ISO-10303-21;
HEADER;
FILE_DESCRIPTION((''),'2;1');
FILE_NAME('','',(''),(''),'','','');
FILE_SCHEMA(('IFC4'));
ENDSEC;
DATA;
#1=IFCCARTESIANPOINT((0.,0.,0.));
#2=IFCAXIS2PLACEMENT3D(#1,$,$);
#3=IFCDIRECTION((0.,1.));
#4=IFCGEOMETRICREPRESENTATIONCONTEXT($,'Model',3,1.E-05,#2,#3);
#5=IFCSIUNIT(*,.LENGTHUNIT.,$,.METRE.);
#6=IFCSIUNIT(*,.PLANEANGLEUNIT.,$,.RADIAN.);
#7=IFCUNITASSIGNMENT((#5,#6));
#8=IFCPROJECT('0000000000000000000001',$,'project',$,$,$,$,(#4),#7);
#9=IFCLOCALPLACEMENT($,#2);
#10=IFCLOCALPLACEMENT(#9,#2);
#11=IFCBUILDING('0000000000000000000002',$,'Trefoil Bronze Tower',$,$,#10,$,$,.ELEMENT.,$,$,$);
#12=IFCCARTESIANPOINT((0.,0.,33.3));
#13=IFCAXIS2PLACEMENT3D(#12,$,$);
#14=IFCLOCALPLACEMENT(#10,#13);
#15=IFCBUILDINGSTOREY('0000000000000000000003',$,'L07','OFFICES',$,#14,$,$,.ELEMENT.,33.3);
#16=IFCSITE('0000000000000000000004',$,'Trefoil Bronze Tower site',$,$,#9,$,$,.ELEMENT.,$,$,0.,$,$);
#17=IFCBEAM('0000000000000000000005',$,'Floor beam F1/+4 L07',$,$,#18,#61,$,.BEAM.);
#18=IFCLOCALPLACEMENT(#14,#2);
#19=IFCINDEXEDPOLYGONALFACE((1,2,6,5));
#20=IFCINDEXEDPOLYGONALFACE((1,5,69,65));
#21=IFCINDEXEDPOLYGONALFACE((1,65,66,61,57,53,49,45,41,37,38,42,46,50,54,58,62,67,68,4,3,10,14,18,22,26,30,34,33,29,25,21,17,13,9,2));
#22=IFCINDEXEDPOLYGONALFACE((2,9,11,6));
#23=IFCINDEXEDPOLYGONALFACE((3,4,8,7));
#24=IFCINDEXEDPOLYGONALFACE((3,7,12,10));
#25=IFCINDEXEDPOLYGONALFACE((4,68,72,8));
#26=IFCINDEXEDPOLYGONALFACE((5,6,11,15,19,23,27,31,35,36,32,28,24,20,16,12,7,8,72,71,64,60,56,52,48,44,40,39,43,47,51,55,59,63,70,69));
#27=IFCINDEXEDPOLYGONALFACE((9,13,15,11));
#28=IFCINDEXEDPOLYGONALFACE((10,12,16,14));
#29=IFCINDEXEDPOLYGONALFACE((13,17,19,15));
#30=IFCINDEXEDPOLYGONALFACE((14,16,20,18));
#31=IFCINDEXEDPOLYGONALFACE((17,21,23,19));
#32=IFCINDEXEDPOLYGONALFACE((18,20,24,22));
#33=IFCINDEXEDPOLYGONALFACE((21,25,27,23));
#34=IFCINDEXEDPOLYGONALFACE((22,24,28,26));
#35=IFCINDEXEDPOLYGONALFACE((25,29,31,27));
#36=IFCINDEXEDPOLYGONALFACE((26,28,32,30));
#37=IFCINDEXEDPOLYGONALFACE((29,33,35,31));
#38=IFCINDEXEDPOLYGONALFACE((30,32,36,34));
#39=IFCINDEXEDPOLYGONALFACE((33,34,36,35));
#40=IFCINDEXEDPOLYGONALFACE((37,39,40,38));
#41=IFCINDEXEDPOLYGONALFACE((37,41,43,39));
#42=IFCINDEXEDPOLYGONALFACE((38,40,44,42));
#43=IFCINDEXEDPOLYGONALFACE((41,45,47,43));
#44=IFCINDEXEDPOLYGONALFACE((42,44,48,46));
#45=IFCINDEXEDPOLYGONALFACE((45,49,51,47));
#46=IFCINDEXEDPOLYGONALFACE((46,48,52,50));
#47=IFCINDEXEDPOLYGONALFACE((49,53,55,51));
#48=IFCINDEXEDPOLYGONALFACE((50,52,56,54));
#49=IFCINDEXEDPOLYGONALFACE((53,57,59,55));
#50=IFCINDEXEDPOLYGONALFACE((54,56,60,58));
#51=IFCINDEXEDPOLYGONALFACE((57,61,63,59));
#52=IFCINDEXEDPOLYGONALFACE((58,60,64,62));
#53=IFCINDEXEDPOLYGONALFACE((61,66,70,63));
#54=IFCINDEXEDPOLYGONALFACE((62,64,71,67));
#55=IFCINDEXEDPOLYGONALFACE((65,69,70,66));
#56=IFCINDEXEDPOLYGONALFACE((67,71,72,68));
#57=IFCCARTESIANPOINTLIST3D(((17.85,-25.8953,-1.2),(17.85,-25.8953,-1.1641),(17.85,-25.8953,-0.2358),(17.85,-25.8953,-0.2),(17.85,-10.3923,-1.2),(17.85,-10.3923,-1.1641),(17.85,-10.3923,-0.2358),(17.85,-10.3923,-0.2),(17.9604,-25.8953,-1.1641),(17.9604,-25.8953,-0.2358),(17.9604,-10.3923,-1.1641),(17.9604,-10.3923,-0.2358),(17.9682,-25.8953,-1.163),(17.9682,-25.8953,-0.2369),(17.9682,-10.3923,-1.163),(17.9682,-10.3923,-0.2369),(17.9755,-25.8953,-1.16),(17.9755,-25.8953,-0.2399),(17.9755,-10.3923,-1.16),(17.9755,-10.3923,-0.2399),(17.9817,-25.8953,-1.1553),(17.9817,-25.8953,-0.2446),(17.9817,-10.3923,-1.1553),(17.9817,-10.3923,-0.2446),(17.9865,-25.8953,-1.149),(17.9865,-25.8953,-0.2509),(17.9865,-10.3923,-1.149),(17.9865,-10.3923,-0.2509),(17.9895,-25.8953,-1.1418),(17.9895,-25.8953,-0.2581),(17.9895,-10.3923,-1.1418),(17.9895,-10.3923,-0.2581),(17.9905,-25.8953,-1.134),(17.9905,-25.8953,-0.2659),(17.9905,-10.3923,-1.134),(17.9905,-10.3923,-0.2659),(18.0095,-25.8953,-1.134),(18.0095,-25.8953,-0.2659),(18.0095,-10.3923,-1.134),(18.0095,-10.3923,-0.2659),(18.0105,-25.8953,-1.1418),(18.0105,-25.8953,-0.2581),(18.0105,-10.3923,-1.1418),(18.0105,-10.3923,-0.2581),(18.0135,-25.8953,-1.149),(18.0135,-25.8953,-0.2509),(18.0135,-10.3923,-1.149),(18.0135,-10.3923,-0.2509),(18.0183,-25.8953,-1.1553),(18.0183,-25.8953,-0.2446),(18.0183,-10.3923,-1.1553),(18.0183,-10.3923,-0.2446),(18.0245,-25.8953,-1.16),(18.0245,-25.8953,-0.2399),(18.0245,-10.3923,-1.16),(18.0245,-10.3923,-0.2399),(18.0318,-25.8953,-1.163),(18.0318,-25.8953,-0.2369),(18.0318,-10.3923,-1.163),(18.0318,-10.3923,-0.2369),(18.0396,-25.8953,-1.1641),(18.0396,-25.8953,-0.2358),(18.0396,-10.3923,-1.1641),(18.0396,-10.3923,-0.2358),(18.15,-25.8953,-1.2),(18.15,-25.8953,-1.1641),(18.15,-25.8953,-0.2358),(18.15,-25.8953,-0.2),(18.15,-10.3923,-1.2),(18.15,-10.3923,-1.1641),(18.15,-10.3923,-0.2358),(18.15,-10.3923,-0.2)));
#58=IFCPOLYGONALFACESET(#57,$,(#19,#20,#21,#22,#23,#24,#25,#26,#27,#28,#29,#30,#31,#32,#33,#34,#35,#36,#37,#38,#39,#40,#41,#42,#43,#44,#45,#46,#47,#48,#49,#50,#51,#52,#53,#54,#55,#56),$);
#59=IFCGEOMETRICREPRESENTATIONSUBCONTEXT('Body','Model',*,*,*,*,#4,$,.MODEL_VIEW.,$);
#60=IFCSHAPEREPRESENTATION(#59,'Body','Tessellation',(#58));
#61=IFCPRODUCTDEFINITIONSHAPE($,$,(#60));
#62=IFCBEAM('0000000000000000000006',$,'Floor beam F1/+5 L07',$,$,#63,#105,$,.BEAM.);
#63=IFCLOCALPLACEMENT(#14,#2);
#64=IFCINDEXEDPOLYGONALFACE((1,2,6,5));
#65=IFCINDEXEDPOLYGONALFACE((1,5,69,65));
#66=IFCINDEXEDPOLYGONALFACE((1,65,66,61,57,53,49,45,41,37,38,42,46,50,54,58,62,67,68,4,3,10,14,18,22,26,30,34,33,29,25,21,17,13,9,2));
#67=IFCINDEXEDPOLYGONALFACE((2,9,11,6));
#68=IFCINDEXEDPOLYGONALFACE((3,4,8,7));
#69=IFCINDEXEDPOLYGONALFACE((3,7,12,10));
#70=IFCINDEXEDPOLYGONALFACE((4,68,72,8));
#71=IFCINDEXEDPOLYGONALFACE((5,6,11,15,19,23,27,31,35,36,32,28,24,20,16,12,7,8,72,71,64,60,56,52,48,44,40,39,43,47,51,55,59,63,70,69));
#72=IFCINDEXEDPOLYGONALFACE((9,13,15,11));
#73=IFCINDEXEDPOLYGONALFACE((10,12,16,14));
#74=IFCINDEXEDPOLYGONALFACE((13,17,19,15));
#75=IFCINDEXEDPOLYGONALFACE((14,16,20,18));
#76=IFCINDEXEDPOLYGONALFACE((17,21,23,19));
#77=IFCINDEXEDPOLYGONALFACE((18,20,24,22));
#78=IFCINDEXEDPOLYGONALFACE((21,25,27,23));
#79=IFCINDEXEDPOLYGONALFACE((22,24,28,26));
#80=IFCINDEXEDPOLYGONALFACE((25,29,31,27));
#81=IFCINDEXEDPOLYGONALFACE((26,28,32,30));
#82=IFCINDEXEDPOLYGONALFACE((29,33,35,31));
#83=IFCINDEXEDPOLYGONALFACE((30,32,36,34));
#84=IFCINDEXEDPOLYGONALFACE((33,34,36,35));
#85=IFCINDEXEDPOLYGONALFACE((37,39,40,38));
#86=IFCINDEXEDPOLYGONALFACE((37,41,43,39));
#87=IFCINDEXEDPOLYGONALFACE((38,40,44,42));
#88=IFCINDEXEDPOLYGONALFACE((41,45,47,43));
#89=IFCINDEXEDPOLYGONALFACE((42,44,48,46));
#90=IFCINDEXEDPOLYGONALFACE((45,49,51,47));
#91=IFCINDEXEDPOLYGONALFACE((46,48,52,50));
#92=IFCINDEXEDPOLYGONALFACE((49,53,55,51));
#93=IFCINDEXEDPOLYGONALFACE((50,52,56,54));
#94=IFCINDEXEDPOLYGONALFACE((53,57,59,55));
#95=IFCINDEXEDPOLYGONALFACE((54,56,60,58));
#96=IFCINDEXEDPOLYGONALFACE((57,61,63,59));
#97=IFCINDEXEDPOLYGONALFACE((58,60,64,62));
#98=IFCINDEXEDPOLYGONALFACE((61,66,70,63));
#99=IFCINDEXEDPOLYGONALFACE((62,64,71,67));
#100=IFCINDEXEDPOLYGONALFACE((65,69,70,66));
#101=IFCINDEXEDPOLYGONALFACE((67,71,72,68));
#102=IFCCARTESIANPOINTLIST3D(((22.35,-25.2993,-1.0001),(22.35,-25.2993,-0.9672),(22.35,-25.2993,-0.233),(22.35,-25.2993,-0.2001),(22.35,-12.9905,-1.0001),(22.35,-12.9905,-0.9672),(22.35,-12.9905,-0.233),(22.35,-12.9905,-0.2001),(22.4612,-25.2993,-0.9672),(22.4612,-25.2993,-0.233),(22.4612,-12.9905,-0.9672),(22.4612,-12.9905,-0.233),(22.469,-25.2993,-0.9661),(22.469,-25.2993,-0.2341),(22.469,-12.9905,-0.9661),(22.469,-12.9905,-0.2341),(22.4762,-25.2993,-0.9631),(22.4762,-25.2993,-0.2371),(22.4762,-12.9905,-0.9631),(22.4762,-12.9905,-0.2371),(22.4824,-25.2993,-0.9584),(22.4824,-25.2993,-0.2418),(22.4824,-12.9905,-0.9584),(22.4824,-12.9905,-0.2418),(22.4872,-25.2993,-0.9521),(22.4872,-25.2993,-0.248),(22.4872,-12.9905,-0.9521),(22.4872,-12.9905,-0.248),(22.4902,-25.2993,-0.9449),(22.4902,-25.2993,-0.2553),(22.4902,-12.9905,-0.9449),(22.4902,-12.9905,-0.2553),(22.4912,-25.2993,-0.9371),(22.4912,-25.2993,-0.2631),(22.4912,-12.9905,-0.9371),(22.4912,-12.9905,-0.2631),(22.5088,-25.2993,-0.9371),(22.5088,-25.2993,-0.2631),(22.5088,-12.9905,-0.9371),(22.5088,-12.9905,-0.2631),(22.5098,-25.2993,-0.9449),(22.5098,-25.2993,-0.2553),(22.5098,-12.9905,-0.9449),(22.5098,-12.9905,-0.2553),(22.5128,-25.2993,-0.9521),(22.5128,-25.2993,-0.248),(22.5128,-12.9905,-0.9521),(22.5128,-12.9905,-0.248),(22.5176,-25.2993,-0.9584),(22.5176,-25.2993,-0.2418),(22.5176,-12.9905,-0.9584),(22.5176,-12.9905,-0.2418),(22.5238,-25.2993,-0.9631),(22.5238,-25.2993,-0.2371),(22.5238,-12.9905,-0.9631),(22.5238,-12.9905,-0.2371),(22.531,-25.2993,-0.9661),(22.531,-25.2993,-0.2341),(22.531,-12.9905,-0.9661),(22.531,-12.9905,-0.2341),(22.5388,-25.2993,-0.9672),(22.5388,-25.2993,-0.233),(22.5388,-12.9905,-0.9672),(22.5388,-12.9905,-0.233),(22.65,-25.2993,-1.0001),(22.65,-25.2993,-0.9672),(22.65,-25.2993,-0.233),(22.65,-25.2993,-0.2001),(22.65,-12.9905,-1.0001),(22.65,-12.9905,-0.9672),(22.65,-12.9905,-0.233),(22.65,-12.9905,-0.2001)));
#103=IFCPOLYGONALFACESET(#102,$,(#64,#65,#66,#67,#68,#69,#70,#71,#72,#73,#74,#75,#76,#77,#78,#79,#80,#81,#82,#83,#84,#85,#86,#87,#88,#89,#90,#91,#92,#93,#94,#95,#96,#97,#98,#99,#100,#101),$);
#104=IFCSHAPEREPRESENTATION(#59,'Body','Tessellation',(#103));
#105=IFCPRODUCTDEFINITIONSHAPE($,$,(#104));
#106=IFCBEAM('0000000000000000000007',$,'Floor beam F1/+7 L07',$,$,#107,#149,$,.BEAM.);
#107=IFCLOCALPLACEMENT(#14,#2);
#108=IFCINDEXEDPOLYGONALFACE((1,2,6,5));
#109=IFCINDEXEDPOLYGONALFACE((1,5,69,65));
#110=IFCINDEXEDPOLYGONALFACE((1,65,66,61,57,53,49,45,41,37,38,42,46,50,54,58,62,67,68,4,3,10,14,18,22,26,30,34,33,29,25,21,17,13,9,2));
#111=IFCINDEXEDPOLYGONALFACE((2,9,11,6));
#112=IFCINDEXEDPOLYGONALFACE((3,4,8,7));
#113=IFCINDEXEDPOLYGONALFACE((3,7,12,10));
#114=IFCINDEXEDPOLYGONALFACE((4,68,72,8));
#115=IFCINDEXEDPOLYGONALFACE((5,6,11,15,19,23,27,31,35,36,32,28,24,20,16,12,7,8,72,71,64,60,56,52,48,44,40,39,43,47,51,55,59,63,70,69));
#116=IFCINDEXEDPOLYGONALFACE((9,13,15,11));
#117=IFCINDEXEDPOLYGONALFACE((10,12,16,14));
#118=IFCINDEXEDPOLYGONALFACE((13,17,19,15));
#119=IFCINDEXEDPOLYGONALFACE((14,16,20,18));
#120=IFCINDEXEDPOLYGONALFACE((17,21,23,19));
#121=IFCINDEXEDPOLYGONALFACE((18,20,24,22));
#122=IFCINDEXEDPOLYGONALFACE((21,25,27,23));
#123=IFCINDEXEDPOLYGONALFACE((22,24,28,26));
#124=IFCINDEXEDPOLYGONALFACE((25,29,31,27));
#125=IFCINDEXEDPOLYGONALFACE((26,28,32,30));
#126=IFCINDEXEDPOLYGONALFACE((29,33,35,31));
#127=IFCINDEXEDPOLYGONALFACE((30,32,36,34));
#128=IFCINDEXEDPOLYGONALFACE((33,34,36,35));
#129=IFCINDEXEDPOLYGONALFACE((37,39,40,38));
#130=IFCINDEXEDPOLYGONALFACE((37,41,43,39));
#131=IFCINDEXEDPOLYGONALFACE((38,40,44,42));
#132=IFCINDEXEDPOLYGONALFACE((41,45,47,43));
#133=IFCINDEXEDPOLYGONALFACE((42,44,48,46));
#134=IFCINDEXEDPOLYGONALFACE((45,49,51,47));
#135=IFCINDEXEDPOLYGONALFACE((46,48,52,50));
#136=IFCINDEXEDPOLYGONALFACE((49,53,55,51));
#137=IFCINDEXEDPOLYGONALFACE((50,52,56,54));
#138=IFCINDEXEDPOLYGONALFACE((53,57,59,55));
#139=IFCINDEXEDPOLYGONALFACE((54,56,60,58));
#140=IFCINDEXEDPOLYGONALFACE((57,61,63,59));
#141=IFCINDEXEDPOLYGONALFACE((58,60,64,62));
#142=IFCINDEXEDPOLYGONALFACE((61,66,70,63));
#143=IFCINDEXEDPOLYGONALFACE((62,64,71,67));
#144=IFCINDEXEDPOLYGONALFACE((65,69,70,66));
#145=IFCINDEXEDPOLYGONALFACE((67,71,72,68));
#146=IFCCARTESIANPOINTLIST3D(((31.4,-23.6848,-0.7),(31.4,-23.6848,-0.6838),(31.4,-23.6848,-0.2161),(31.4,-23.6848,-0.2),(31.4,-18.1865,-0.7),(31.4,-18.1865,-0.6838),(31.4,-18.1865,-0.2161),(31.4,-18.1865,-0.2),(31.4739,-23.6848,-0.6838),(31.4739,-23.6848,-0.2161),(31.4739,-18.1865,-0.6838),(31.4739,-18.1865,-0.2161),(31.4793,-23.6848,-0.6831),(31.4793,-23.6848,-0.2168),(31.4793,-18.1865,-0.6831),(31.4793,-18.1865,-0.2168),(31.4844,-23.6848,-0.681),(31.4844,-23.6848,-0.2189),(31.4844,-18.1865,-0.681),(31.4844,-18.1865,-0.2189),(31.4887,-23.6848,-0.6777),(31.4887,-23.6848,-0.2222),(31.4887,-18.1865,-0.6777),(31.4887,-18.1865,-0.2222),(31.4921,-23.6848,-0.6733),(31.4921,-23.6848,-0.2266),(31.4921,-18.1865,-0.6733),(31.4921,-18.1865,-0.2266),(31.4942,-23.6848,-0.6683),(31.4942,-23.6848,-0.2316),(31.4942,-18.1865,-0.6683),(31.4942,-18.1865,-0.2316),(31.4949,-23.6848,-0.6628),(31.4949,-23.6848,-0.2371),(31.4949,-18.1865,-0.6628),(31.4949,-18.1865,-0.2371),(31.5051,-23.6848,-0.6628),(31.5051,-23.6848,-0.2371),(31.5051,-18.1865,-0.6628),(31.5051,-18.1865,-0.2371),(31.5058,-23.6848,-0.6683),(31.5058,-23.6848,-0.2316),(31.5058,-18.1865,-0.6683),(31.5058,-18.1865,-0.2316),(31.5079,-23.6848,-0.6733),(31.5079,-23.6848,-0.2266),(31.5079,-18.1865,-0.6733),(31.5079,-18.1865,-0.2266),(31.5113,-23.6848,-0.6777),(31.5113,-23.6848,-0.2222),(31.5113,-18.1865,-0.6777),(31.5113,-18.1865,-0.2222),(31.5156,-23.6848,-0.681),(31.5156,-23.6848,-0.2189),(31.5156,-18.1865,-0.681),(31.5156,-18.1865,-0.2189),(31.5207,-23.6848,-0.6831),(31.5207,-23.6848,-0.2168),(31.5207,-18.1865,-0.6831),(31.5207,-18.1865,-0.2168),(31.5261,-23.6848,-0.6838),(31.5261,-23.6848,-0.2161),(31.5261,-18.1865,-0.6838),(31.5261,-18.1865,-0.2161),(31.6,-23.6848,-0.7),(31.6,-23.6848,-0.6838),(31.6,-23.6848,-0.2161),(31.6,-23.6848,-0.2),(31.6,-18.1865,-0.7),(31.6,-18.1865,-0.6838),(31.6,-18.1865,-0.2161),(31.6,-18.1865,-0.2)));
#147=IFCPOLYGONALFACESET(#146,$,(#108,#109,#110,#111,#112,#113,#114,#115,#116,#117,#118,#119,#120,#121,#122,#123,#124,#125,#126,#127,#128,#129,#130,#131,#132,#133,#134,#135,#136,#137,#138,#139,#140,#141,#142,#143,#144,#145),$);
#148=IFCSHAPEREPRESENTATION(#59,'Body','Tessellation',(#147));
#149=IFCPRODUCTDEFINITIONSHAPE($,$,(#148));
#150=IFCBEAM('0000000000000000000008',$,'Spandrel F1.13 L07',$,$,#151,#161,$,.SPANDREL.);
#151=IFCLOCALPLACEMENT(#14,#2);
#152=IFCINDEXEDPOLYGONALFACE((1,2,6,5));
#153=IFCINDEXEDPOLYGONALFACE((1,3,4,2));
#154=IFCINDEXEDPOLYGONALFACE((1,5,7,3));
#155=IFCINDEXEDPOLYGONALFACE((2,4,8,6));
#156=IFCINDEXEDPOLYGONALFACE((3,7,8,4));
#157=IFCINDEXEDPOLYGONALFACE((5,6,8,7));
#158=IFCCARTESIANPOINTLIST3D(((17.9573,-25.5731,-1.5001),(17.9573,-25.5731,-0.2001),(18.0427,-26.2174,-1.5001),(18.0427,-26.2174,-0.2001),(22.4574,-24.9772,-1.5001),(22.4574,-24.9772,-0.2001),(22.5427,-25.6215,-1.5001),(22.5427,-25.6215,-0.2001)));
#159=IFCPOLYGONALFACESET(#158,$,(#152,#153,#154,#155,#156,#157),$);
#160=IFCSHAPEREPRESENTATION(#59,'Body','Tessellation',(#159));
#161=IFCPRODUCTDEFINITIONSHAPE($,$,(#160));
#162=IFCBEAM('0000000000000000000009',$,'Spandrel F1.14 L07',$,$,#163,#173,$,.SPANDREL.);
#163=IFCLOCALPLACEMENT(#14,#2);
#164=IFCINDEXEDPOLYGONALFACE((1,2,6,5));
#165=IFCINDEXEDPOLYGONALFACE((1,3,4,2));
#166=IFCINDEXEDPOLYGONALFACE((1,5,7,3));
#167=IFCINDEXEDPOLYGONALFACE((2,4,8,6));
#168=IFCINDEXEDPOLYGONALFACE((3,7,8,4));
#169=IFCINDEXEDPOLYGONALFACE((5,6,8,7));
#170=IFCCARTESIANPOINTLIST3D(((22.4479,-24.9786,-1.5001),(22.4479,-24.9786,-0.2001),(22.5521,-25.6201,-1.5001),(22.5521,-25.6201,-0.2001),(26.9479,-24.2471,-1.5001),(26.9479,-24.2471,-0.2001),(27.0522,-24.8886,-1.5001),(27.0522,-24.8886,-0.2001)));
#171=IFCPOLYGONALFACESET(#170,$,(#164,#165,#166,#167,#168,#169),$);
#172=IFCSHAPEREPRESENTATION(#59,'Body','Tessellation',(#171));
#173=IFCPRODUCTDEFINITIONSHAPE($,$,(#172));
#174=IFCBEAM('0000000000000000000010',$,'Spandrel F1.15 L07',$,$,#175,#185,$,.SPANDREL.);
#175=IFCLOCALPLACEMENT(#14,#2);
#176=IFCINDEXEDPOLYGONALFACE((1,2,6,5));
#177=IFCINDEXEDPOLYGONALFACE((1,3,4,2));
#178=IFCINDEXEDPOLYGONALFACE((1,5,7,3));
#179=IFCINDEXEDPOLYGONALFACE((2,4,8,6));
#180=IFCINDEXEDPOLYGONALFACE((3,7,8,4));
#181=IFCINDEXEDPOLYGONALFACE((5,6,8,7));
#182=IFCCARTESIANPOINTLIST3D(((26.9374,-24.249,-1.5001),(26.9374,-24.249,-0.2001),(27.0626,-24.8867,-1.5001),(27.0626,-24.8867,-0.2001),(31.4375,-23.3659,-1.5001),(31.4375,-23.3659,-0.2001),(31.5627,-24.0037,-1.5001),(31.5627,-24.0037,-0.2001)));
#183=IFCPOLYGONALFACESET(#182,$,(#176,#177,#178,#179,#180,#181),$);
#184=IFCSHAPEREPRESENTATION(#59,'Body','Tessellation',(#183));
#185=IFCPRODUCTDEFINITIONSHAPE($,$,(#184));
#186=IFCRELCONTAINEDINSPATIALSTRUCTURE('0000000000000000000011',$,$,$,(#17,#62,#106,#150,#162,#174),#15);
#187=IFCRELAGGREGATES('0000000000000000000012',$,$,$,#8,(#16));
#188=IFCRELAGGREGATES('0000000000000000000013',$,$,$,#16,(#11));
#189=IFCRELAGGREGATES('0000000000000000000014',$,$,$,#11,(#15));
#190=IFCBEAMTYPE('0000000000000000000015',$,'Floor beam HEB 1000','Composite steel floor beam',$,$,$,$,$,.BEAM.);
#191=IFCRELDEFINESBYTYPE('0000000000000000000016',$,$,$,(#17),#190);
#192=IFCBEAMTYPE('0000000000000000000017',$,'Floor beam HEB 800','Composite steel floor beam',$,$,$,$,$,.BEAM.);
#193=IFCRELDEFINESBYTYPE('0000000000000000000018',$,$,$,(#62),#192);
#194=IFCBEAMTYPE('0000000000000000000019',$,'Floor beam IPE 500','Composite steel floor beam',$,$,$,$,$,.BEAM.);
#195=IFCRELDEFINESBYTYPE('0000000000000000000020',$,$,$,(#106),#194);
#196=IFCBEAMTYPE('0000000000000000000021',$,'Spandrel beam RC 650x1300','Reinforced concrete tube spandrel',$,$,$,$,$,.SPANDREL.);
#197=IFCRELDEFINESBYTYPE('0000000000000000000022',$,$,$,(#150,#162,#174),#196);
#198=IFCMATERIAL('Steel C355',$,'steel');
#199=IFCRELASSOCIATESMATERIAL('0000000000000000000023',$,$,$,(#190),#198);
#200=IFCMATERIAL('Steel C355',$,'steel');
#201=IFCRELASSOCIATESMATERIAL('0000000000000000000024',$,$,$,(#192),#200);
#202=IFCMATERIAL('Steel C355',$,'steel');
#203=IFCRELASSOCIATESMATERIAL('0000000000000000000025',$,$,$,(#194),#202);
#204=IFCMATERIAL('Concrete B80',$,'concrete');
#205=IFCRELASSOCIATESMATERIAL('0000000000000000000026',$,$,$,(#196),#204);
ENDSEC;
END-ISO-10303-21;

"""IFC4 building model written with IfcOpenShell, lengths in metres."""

from ifc_helpers import new_model, si_unit, direction, frame, origin, origin_2d, place, context, subcontext, project, spatial, rectangle, i_section, extrude, material, material_profile, profile_set, type_object, element, save


model = new_model("IFC4")

# Units and contexts
model_context = context("Model", 3, precision=1e-05, world=origin(), true_north=direction((0.0, 1.0)))
body_context = subcontext(model_context, "Body", "Model", "MODEL_VIEW")
ifc_project = project(units=[si_unit("LENGTHUNIT", "METRE"), si_unit("PLANEANGLEUNIT", "RADIAN")], contexts=[model_context])

# Site, building, storey
site_placement = place(None, origin())
site = spatial("IfcSite", under=ifc_project, at=site_placement, Name="Trefoil Bronze Tower site", CompositionType="ELEMENT", RefElevation=0.0)
building_placement = place(site_placement, origin())
building = spatial("IfcBuilding", under=site, at=building_placement, Name="Trefoil Bronze Tower", CompositionType="ELEMENT")
storey_placement = place(building_placement, frame((0.0, 0.0, 33.3)))
storey = spatial("IfcBuildingStorey", under=building, at=storey_placement, Name="L07", Description="OFFICES", CompositionType="ELEMENT", Elevation=33.3)

# Beams
ifc_material_1 = material(Name="Steel C355", Category="steel")
ifc_material_profile_1 = material_profile(ifc_material_1, i_section(OverallWidth=0.3, OverallDepth=1.0, WebThickness=0.019, FlangeThickness=0.0359, FilletRadius=0.03, at=origin_2d()), Name="HEB 1000")
ifc_profile_set_1 = profile_set([ifc_material_profile_1], Name="Steel C355")
beam_type_1 = type_object("IfcBeamType", Name="Floor beam HEB 1000", Description="Composite steel floor beam", PredefinedType="BEAM", material=ifc_profile_set_1)
beam_1_placement = place(storey_placement, frame((18.0, -25.8953, -0.7), z_axis=(0.0, 1.0, 0.0), x_axis=(-1.0, 0.0, 0.0)))
element("IfcBeam", 1, at=beam_1_placement, inside=storey, type_object=beam_type_1, Name="Floor beam F1/+4 L07", PredefinedType="BEAM", context=body_context, shape_type="SweptSolid", body=[
    extrude(i_section(OverallWidth=0.3, OverallDepth=1.0, WebThickness=0.019, FlangeThickness=0.0359, FilletRadius=0.03, at=origin_2d()), origin(), (0.0, 0.0, 1.0), 15.5029),
])
ifc_material_2 = material(Name="Steel C355", Category="steel")
ifc_material_profile_2 = material_profile(ifc_material_2, i_section(OverallWidth=0.3, OverallDepth=0.8, WebThickness=0.0176, FlangeThickness=0.033, FilletRadius=0.03, at=origin_2d()), Name="HEB 800")
ifc_profile_set_2 = profile_set([ifc_material_profile_2], Name="Steel C355")
beam_type_2 = type_object("IfcBeamType", Name="Floor beam HEB 800", Description="Composite steel floor beam", PredefinedType="BEAM", material=ifc_profile_set_2)
beam_2_placement = place(storey_placement, frame((22.5, -25.2993, -0.6001), z_axis=(0.0, 1.0, 0.0), x_axis=(-1.0, 0.0, 0.0)))
element("IfcBeam", 2, at=beam_2_placement, inside=storey, type_object=beam_type_2, Name="Floor beam F1/+5 L07", PredefinedType="BEAM", context=body_context, shape_type="SweptSolid", body=[
    extrude(i_section(OverallWidth=0.3, OverallDepth=0.8, WebThickness=0.0176, FlangeThickness=0.033, FilletRadius=0.03, at=origin_2d()), origin(), (0.0, 0.0, 1.0), 12.3088),
])
ifc_material_3 = material(Name="Steel C355", Category="steel")
ifc_material_profile_3 = material_profile(ifc_material_3, i_section(OverallWidth=0.2, OverallDepth=0.5, WebThickness=0.0103, FlangeThickness=0.0161, FilletRadius=0.021, at=origin_2d()), Name="IPE 500")
ifc_profile_set_3 = profile_set([ifc_material_profile_3], Name="Steel C355")
beam_type_3 = type_object("IfcBeamType", Name="Floor beam IPE 500", Description="Composite steel floor beam", PredefinedType="BEAM", material=ifc_profile_set_3)
beam_3_placement = place(storey_placement, frame((31.5, -23.6848, -0.45), z_axis=(0.0, 1.0, 0.0), x_axis=(-1.0, 0.0, 0.0)))
element("IfcBeam", 3, at=beam_3_placement, inside=storey, type_object=beam_type_3, Name="Floor beam F1/+7 L07", PredefinedType="BEAM", context=body_context, shape_type="SweptSolid", body=[
    extrude(i_section(OverallWidth=0.2, OverallDepth=0.5, WebThickness=0.0103, FlangeThickness=0.0161, FilletRadius=0.021, at=origin_2d()), origin(), (0.0, 0.0, 1.0), 5.4983),
])
ifc_material_4 = material(Name="Concrete B80", Category="concrete")
ifc_material_profile_4 = material_profile(ifc_material_4, rectangle(XDim=0.6499, YDim=1.3, at=origin_2d()), Name="RC 650x1300")
ifc_profile_set_4 = profile_set([ifc_material_profile_4], Name="Concrete B80")
beam_type_4 = type_object("IfcBeamType", Name="Spandrel beam RC 650x1300", Description="Reinforced concrete tube spandrel", PredefinedType="SPANDREL", material=ifc_profile_set_4)
beam_4_placement = place(storey_placement, frame((18.0, -25.8953, -0.8501), z_axis=(0.991344, 0.131286, 0.0), x_axis=(-0.131286, 0.991344, 0.0)))
element("IfcBeam", 4, at=beam_4_placement, inside=storey, type_object=beam_type_4, Name="Spandrel F1.13 L07", PredefinedType="SPANDREL", context=body_context, shape_type="SweptSolid", body=[
    extrude(rectangle(XDim=0.6499, YDim=1.3, at=origin_2d()), origin(), (0.0, 0.0, 1.0), 4.5393),
])
beam_5_placement = place(storey_placement, frame((22.5, -25.2993, -0.8501), z_axis=(0.987046, 0.160438, 0.0), x_axis=(-0.160438, 0.987046, 0.0)))
element("IfcBeam", 5, at=beam_5_placement, inside=storey, type_object=beam_type_4, Name="Spandrel F1.14 L07", PredefinedType="SPANDREL", context=body_context, shape_type="SweptSolid", body=[
    extrude(rectangle(XDim=0.6499, YDim=1.3, at=origin_2d()), origin(), (0.0, 0.0, 1.0), 4.5591),
])
beam_6_placement = place(storey_placement, frame((27.0, -24.5679, -0.8501), z_axis=(0.981285, 0.192562, 0.0), x_axis=(-0.192562, 0.981285, 0.0)))
element("IfcBeam", 6, at=beam_6_placement, inside=storey, type_object=beam_type_4, Name="Spandrel F1.15 L07", PredefinedType="SPANDREL", context=body_context, shape_type="SweptSolid", body=[
    extrude(rectangle(XDim=0.6499, YDim=1.3, at=origin_2d()), origin(), (0.0, 0.0, 1.0), 4.5859),
])

save(model, "model.ifc")
